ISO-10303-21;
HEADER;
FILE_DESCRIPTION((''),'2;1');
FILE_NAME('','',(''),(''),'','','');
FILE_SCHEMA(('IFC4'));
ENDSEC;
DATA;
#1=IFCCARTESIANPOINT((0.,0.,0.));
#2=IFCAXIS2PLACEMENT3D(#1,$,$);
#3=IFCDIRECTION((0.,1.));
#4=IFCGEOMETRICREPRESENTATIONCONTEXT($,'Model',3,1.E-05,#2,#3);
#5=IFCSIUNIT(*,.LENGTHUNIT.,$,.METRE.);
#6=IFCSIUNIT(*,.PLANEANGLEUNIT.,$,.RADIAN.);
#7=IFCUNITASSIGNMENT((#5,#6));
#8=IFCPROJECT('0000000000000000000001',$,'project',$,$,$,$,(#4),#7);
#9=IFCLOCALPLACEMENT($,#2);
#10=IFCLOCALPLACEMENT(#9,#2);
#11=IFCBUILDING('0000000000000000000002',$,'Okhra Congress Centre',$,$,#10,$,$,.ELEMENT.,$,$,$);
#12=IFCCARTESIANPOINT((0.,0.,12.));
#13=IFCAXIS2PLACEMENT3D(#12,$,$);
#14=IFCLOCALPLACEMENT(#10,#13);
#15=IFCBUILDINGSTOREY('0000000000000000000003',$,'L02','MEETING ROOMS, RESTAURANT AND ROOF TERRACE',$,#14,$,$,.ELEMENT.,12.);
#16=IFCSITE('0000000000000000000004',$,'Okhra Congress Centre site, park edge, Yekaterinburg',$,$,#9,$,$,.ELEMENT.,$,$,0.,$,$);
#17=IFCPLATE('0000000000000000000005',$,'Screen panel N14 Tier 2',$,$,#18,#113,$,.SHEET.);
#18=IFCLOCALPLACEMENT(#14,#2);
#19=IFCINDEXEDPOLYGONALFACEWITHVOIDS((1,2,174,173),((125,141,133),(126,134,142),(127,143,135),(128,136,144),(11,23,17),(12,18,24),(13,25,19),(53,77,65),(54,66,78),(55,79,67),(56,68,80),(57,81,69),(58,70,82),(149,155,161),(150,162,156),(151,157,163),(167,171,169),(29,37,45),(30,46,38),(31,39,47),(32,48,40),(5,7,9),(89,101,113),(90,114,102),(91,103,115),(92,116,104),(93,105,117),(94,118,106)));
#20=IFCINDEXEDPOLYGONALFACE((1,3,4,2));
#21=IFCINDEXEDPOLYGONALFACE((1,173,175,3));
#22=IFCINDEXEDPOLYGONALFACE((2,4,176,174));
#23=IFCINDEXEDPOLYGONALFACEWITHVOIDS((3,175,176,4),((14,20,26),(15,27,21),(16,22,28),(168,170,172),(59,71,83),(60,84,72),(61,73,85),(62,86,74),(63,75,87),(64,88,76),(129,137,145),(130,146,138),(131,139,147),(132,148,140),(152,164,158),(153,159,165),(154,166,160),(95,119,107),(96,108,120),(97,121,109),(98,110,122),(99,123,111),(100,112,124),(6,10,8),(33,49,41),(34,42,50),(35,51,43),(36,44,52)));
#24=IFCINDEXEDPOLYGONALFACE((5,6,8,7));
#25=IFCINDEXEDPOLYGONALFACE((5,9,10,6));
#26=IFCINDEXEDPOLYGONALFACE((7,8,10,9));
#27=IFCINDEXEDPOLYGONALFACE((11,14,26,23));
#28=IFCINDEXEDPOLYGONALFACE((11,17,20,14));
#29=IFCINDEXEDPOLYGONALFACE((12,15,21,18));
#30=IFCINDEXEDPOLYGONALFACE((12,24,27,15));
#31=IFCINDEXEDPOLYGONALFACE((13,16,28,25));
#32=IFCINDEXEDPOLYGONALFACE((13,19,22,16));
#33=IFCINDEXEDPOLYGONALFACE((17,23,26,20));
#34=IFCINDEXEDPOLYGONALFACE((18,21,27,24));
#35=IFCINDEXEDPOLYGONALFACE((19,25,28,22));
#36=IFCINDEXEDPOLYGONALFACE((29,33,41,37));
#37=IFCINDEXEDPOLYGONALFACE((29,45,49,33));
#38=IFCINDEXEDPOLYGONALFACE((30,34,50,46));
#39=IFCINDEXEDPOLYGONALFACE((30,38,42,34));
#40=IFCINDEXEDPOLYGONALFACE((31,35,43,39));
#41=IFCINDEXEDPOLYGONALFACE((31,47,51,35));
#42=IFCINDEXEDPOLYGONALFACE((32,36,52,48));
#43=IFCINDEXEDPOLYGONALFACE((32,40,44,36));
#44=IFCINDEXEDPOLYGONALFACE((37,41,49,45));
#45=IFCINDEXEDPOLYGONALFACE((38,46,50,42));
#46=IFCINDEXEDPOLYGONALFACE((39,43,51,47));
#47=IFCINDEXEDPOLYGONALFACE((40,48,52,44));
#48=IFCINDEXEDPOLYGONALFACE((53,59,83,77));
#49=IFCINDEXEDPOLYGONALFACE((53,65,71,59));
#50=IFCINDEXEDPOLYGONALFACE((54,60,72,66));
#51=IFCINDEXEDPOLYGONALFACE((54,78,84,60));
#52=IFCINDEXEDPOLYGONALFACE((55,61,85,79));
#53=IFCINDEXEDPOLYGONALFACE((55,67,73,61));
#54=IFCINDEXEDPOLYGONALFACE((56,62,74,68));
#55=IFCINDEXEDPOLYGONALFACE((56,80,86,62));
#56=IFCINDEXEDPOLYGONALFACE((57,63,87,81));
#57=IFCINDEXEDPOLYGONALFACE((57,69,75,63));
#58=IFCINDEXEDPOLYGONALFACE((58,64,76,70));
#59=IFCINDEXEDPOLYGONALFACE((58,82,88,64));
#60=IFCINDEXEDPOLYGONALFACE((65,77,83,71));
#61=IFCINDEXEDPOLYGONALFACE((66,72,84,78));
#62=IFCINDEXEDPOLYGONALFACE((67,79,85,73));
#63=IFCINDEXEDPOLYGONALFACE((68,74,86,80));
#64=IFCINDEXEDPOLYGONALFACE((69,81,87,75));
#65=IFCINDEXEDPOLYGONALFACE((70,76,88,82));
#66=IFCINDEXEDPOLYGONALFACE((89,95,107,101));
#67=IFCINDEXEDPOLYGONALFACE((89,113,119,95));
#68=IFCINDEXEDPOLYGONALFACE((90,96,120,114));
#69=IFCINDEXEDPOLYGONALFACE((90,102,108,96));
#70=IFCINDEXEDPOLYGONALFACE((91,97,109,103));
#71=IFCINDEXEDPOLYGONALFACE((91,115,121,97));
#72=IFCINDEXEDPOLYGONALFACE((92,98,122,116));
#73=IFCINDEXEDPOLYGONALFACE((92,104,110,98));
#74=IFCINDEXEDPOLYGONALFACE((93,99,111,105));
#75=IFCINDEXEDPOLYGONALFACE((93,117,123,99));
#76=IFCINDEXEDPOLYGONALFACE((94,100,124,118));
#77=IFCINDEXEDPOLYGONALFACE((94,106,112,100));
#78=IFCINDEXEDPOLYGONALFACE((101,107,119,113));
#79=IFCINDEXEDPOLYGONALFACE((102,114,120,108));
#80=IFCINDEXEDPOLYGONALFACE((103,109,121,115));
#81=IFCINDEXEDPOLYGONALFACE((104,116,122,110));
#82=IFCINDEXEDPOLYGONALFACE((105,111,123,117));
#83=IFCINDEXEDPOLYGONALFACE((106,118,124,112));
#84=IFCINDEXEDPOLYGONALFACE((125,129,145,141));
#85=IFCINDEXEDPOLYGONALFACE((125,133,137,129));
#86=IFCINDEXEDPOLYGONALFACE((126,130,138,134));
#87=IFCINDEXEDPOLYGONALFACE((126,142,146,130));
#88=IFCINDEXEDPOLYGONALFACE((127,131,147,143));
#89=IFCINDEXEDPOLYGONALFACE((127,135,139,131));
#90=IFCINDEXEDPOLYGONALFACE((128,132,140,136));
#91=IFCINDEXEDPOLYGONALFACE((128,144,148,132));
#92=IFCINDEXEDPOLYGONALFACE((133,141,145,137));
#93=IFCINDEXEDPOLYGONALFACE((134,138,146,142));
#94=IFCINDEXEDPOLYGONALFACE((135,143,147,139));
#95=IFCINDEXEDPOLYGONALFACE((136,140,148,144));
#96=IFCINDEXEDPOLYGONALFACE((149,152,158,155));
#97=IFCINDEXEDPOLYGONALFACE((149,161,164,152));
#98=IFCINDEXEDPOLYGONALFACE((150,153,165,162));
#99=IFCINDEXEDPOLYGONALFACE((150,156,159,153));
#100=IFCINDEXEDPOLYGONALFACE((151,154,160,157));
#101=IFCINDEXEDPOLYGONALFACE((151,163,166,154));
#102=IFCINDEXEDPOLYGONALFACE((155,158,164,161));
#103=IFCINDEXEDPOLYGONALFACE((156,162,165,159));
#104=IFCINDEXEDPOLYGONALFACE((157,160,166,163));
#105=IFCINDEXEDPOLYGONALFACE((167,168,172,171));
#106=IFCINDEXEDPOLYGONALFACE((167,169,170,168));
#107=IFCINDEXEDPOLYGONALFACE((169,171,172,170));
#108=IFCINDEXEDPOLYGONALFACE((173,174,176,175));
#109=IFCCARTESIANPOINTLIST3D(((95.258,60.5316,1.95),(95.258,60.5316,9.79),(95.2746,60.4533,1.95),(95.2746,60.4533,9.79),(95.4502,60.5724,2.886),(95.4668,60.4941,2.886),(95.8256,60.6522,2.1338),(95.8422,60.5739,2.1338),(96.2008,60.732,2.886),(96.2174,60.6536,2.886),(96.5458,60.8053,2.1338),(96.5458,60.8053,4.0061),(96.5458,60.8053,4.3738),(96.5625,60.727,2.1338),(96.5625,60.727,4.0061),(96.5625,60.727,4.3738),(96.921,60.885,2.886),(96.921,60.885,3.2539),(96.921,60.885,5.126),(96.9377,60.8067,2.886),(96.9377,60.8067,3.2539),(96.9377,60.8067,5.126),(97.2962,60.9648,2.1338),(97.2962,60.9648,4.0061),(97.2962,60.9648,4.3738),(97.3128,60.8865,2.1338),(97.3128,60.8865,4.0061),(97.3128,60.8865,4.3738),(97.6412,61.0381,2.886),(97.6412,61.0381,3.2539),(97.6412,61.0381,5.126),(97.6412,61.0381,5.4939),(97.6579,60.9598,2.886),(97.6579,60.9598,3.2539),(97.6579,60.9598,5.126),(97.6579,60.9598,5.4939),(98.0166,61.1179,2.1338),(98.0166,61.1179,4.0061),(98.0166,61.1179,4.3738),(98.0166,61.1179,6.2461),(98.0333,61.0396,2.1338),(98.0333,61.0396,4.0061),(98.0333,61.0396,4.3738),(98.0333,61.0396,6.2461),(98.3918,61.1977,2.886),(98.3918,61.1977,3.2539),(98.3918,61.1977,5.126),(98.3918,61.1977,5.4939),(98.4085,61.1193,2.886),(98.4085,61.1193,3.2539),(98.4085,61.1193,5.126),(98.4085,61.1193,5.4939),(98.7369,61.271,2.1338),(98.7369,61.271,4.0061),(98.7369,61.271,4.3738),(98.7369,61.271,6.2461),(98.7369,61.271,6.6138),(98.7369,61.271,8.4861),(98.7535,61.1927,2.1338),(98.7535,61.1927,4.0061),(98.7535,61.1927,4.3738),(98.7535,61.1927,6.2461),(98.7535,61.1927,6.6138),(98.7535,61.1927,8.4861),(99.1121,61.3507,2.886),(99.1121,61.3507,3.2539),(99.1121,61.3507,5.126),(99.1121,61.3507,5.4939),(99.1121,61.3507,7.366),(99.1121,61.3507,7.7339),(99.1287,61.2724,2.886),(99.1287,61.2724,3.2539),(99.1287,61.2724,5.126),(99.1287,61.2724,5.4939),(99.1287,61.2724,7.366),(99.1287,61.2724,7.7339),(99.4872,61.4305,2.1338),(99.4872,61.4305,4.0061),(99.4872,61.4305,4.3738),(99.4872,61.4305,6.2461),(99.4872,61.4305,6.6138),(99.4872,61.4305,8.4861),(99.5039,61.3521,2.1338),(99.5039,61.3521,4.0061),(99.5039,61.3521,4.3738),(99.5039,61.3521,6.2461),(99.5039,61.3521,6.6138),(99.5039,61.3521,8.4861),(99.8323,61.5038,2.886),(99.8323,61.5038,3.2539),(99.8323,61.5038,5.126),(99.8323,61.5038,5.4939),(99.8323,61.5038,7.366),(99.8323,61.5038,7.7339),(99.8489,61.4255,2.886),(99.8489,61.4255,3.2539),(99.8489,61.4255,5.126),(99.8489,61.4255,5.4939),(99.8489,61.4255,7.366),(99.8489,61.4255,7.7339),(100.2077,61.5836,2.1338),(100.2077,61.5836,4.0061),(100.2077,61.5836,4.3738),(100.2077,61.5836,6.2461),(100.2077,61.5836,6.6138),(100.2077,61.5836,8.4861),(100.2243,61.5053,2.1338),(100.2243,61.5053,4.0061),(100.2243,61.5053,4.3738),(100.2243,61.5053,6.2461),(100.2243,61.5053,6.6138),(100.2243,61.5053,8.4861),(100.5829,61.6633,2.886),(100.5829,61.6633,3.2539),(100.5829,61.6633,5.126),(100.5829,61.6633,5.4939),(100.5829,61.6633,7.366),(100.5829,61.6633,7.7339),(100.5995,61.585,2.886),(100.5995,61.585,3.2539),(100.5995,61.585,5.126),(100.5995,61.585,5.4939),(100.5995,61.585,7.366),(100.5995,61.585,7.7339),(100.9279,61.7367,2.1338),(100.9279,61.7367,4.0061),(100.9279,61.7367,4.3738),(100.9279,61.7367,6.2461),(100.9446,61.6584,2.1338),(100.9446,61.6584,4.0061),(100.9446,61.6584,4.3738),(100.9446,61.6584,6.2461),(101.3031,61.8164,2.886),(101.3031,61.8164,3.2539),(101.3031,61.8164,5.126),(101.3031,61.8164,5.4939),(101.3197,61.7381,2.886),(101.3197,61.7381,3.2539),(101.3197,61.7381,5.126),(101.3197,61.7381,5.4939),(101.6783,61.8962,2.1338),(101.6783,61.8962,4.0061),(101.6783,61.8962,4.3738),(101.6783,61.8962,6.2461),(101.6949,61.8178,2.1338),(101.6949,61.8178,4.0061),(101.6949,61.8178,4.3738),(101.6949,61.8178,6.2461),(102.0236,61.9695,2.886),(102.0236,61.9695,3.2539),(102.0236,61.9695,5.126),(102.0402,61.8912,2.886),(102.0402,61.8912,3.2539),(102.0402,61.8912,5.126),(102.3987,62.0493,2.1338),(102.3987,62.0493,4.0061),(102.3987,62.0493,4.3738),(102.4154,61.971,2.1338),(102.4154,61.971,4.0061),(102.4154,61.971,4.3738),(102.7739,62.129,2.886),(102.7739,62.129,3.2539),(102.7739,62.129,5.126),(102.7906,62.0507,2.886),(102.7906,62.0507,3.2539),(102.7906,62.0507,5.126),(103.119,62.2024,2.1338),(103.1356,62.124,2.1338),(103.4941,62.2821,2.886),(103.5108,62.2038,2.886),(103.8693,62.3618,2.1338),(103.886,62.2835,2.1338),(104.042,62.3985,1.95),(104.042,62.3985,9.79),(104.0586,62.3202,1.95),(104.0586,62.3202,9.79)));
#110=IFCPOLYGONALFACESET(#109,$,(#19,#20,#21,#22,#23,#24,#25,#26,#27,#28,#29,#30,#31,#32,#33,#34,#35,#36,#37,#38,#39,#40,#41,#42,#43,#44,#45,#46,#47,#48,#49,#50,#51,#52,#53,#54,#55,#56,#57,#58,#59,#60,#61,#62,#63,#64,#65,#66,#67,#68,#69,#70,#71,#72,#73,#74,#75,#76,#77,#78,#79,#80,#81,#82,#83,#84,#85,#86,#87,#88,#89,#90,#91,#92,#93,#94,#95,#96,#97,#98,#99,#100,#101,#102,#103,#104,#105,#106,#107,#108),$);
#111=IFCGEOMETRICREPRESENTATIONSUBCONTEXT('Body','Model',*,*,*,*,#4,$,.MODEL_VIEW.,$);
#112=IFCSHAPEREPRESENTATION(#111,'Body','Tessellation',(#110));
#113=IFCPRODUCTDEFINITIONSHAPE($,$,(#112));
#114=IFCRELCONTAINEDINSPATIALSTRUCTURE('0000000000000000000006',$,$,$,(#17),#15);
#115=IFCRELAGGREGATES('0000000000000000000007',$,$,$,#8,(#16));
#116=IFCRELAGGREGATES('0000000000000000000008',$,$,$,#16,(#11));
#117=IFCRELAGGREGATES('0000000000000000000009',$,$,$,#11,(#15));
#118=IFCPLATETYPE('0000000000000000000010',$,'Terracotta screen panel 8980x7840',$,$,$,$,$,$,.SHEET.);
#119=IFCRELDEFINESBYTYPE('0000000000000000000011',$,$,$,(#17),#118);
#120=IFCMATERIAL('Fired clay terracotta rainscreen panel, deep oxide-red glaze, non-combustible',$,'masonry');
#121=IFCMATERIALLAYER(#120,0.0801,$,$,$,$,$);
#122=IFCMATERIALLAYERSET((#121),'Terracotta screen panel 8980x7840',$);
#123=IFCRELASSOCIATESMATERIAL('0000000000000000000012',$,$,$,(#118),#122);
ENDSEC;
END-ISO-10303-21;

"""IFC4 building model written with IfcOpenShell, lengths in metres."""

from ifc_helpers import new_model, si_unit, direction, frame, origin, place, context, subcontext, project, spatial, polyline, outline, extrude, material, layer, layer_set, type_object, element, save


model = new_model("IFC4")

# Units and contexts
model_context = context("Model", 3, precision=1e-05, world=origin(), true_north=direction((0.0, 1.0)))
body_context = subcontext(model_context, "Body", "Model", "MODEL_VIEW")
ifc_project = project(units=[si_unit("LENGTHUNIT", "METRE"), si_unit("PLANEANGLEUNIT", "RADIAN")], contexts=[model_context])

# Site, building, storey
site_placement = place(None, origin())
site = spatial("IfcSite", under=ifc_project, at=site_placement, Name="Okhra Congress Centre site, park edge, Yekaterinburg", CompositionType="ELEMENT", RefElevation=0.0)
building_placement = place(site_placement, origin())
building = spatial("IfcBuilding", under=site, at=building_placement, Name="Okhra Congress Centre", CompositionType="ELEMENT")
storey_placement = place(building_placement, frame((0.0, 0.0, 12.0)))
storey = spatial("IfcBuildingStorey", under=building, at=storey_placement, Name="L02", Description="MEETING ROOMS, RESTAURANT AND ROOF TERRACE", CompositionType="ELEMENT", Elevation=12.0)

# Plate
ifc_material_1 = material(Name="Fired clay terracotta rainscreen panel, deep oxide-red glaze, non-combustible", Category="masonry")
ifc_layer_1 = layer(ifc_material_1, 0.0801)
ifc_layer_set_1 = layer_set([ifc_layer_1], Name="Terracotta screen panel 8980x7840")
plate_type_1 = type_object("IfcPlateType", Name="Terracotta screen panel 8980x7840", PredefinedType="SHEET", material=ifc_layer_set_1)
plate_1_placement = place(storey_placement, frame((104.0503, 62.3594, 1.95), z_axis=(0.0, 0.0, 1.0), x_axis=(-0.978151, -0.207897, 0.0)))
element("IfcPlate", 1, at=plate_1_placement, inside=storey, type_object=plate_type_1, Name="Screen panel N14 Tier 2", PredefinedType="SHEET", context=body_context, shape_type="SweptSolid", body=[
    extrude(outline(polyline([(0.0, 0.0), (8.9802, 0.0), (8.9802, 7.8401), (0.0, 7.8401), (0.0, 0.0)]), holes=[polyline([(0.1765, 0.1838), (0.9436, 0.1838), (0.5601, 0.936), (0.1765, 0.1838)]), polyline([(1.2964, 0.936), (1.6799, 0.1838), (2.0635, 0.936), (1.2964, 0.936)]), polyline([(2.4165, 0.1838), (3.1836, 0.1838), (2.8, 0.936), (2.4165, 0.1838)]), polyline([(3.5364, 0.936), (3.9199, 0.1838), (4.3037, 0.936), (3.5364, 0.936)]), polyline([(4.6565, 0.1838), (5.4236, 0.1838), (5.04, 0.936), (4.6565, 0.1838)]), polyline([(5.7764, 0.936), (6.1599, 0.1838), (6.5437, 0.936), (5.7764, 0.936)]), polyline([(6.8965, 0.1838), (7.6636, 0.1838), (7.28, 0.936), (6.8965, 0.1838)]), polyline([(8.0164, 0.936), (8.3999, 0.1838), (8.7837, 0.936), (8.0164, 0.936)]), polyline([(1.2964, 1.304), (2.0635, 1.304), (1.6799, 2.0562), (1.2964, 1.304)]), polyline([(2.4165, 2.0562), (2.8, 1.304), (3.1836, 2.0562), (2.4165, 2.0562)]), polyline([(3.5364, 1.304), (4.3037, 1.304), (3.9199, 2.0562), (3.5364, 1.304)]), polyline([(4.6565, 2.0562), (5.04, 1.304), (5.4236, 2.0562), (4.6565, 2.0562)]), polyline([(5.7764, 1.304), (6.5437, 1.304), (6.1599, 2.0562), (5.7764, 1.304)]), polyline([(6.8965, 2.0562), (7.28, 1.304), (7.6636, 2.0562), (6.8965, 2.0562)]), polyline([(1.2964, 3.176), (1.6799, 2.4238), (2.0635, 3.176), (1.2964, 3.176)]), polyline([(2.4165, 2.4238), (3.1836, 2.4238), (2.8, 3.176), (2.4165, 2.4238)]), polyline([(3.5364, 3.176), (3.9199, 2.4238), (4.3037, 3.176), (3.5364, 3.176)]), polyline([(4.6565, 2.4238), (5.4236, 2.4238), (5.04, 3.176), (4.6565, 2.4238)]), polyline([(5.7764, 3.176), (6.1599, 2.4238), (6.5437, 3.176), (5.7764, 3.176)]), polyline([(6.8965, 2.4238), (7.6636, 2.4238), (7.28, 3.176), (6.8965, 2.4238)]), polyline([(2.4165, 4.2961), (2.8, 3.5439), (3.1836, 4.2961), (2.4165, 4.2961)]), polyline([(3.5364, 3.5439), (4.3037, 3.5439), (3.9199, 4.2961), (3.5364, 3.5439)]), polyline([(4.6565, 4.2961), (5.04, 3.5439), (5.4236, 4.2961), (4.6565, 4.2961)]), polyline([(5.7764, 3.5439), (6.5437, 3.5439), (6.1599, 4.2961), (5.7764, 3.5439)]), polyline([(3.5364, 5.416), (3.9199, 4.6638), (4.3037, 5.416), (3.5364, 5.416)]), polyline([(4.6565, 4.6638), (5.4236, 4.6638), (5.04, 5.416), (4.6565, 4.6638)]), polyline([(3.5364, 5.7839), (4.3037, 5.7839), (3.9199, 6.5361), (3.5364, 5.7839)]), polyline([(4.6565, 6.5361), (5.04, 5.7839), (5.4236, 6.5361), (4.6565, 6.5361)])]), frame((0.0, 0.04, 0.0), z_axis=(0.0, -1.0, 0.0), x_axis=(1.0, 0.0, 0.0)), (0.0, 0.0, 1.0), 0.0801),
])

save(model, "model.ifc")
